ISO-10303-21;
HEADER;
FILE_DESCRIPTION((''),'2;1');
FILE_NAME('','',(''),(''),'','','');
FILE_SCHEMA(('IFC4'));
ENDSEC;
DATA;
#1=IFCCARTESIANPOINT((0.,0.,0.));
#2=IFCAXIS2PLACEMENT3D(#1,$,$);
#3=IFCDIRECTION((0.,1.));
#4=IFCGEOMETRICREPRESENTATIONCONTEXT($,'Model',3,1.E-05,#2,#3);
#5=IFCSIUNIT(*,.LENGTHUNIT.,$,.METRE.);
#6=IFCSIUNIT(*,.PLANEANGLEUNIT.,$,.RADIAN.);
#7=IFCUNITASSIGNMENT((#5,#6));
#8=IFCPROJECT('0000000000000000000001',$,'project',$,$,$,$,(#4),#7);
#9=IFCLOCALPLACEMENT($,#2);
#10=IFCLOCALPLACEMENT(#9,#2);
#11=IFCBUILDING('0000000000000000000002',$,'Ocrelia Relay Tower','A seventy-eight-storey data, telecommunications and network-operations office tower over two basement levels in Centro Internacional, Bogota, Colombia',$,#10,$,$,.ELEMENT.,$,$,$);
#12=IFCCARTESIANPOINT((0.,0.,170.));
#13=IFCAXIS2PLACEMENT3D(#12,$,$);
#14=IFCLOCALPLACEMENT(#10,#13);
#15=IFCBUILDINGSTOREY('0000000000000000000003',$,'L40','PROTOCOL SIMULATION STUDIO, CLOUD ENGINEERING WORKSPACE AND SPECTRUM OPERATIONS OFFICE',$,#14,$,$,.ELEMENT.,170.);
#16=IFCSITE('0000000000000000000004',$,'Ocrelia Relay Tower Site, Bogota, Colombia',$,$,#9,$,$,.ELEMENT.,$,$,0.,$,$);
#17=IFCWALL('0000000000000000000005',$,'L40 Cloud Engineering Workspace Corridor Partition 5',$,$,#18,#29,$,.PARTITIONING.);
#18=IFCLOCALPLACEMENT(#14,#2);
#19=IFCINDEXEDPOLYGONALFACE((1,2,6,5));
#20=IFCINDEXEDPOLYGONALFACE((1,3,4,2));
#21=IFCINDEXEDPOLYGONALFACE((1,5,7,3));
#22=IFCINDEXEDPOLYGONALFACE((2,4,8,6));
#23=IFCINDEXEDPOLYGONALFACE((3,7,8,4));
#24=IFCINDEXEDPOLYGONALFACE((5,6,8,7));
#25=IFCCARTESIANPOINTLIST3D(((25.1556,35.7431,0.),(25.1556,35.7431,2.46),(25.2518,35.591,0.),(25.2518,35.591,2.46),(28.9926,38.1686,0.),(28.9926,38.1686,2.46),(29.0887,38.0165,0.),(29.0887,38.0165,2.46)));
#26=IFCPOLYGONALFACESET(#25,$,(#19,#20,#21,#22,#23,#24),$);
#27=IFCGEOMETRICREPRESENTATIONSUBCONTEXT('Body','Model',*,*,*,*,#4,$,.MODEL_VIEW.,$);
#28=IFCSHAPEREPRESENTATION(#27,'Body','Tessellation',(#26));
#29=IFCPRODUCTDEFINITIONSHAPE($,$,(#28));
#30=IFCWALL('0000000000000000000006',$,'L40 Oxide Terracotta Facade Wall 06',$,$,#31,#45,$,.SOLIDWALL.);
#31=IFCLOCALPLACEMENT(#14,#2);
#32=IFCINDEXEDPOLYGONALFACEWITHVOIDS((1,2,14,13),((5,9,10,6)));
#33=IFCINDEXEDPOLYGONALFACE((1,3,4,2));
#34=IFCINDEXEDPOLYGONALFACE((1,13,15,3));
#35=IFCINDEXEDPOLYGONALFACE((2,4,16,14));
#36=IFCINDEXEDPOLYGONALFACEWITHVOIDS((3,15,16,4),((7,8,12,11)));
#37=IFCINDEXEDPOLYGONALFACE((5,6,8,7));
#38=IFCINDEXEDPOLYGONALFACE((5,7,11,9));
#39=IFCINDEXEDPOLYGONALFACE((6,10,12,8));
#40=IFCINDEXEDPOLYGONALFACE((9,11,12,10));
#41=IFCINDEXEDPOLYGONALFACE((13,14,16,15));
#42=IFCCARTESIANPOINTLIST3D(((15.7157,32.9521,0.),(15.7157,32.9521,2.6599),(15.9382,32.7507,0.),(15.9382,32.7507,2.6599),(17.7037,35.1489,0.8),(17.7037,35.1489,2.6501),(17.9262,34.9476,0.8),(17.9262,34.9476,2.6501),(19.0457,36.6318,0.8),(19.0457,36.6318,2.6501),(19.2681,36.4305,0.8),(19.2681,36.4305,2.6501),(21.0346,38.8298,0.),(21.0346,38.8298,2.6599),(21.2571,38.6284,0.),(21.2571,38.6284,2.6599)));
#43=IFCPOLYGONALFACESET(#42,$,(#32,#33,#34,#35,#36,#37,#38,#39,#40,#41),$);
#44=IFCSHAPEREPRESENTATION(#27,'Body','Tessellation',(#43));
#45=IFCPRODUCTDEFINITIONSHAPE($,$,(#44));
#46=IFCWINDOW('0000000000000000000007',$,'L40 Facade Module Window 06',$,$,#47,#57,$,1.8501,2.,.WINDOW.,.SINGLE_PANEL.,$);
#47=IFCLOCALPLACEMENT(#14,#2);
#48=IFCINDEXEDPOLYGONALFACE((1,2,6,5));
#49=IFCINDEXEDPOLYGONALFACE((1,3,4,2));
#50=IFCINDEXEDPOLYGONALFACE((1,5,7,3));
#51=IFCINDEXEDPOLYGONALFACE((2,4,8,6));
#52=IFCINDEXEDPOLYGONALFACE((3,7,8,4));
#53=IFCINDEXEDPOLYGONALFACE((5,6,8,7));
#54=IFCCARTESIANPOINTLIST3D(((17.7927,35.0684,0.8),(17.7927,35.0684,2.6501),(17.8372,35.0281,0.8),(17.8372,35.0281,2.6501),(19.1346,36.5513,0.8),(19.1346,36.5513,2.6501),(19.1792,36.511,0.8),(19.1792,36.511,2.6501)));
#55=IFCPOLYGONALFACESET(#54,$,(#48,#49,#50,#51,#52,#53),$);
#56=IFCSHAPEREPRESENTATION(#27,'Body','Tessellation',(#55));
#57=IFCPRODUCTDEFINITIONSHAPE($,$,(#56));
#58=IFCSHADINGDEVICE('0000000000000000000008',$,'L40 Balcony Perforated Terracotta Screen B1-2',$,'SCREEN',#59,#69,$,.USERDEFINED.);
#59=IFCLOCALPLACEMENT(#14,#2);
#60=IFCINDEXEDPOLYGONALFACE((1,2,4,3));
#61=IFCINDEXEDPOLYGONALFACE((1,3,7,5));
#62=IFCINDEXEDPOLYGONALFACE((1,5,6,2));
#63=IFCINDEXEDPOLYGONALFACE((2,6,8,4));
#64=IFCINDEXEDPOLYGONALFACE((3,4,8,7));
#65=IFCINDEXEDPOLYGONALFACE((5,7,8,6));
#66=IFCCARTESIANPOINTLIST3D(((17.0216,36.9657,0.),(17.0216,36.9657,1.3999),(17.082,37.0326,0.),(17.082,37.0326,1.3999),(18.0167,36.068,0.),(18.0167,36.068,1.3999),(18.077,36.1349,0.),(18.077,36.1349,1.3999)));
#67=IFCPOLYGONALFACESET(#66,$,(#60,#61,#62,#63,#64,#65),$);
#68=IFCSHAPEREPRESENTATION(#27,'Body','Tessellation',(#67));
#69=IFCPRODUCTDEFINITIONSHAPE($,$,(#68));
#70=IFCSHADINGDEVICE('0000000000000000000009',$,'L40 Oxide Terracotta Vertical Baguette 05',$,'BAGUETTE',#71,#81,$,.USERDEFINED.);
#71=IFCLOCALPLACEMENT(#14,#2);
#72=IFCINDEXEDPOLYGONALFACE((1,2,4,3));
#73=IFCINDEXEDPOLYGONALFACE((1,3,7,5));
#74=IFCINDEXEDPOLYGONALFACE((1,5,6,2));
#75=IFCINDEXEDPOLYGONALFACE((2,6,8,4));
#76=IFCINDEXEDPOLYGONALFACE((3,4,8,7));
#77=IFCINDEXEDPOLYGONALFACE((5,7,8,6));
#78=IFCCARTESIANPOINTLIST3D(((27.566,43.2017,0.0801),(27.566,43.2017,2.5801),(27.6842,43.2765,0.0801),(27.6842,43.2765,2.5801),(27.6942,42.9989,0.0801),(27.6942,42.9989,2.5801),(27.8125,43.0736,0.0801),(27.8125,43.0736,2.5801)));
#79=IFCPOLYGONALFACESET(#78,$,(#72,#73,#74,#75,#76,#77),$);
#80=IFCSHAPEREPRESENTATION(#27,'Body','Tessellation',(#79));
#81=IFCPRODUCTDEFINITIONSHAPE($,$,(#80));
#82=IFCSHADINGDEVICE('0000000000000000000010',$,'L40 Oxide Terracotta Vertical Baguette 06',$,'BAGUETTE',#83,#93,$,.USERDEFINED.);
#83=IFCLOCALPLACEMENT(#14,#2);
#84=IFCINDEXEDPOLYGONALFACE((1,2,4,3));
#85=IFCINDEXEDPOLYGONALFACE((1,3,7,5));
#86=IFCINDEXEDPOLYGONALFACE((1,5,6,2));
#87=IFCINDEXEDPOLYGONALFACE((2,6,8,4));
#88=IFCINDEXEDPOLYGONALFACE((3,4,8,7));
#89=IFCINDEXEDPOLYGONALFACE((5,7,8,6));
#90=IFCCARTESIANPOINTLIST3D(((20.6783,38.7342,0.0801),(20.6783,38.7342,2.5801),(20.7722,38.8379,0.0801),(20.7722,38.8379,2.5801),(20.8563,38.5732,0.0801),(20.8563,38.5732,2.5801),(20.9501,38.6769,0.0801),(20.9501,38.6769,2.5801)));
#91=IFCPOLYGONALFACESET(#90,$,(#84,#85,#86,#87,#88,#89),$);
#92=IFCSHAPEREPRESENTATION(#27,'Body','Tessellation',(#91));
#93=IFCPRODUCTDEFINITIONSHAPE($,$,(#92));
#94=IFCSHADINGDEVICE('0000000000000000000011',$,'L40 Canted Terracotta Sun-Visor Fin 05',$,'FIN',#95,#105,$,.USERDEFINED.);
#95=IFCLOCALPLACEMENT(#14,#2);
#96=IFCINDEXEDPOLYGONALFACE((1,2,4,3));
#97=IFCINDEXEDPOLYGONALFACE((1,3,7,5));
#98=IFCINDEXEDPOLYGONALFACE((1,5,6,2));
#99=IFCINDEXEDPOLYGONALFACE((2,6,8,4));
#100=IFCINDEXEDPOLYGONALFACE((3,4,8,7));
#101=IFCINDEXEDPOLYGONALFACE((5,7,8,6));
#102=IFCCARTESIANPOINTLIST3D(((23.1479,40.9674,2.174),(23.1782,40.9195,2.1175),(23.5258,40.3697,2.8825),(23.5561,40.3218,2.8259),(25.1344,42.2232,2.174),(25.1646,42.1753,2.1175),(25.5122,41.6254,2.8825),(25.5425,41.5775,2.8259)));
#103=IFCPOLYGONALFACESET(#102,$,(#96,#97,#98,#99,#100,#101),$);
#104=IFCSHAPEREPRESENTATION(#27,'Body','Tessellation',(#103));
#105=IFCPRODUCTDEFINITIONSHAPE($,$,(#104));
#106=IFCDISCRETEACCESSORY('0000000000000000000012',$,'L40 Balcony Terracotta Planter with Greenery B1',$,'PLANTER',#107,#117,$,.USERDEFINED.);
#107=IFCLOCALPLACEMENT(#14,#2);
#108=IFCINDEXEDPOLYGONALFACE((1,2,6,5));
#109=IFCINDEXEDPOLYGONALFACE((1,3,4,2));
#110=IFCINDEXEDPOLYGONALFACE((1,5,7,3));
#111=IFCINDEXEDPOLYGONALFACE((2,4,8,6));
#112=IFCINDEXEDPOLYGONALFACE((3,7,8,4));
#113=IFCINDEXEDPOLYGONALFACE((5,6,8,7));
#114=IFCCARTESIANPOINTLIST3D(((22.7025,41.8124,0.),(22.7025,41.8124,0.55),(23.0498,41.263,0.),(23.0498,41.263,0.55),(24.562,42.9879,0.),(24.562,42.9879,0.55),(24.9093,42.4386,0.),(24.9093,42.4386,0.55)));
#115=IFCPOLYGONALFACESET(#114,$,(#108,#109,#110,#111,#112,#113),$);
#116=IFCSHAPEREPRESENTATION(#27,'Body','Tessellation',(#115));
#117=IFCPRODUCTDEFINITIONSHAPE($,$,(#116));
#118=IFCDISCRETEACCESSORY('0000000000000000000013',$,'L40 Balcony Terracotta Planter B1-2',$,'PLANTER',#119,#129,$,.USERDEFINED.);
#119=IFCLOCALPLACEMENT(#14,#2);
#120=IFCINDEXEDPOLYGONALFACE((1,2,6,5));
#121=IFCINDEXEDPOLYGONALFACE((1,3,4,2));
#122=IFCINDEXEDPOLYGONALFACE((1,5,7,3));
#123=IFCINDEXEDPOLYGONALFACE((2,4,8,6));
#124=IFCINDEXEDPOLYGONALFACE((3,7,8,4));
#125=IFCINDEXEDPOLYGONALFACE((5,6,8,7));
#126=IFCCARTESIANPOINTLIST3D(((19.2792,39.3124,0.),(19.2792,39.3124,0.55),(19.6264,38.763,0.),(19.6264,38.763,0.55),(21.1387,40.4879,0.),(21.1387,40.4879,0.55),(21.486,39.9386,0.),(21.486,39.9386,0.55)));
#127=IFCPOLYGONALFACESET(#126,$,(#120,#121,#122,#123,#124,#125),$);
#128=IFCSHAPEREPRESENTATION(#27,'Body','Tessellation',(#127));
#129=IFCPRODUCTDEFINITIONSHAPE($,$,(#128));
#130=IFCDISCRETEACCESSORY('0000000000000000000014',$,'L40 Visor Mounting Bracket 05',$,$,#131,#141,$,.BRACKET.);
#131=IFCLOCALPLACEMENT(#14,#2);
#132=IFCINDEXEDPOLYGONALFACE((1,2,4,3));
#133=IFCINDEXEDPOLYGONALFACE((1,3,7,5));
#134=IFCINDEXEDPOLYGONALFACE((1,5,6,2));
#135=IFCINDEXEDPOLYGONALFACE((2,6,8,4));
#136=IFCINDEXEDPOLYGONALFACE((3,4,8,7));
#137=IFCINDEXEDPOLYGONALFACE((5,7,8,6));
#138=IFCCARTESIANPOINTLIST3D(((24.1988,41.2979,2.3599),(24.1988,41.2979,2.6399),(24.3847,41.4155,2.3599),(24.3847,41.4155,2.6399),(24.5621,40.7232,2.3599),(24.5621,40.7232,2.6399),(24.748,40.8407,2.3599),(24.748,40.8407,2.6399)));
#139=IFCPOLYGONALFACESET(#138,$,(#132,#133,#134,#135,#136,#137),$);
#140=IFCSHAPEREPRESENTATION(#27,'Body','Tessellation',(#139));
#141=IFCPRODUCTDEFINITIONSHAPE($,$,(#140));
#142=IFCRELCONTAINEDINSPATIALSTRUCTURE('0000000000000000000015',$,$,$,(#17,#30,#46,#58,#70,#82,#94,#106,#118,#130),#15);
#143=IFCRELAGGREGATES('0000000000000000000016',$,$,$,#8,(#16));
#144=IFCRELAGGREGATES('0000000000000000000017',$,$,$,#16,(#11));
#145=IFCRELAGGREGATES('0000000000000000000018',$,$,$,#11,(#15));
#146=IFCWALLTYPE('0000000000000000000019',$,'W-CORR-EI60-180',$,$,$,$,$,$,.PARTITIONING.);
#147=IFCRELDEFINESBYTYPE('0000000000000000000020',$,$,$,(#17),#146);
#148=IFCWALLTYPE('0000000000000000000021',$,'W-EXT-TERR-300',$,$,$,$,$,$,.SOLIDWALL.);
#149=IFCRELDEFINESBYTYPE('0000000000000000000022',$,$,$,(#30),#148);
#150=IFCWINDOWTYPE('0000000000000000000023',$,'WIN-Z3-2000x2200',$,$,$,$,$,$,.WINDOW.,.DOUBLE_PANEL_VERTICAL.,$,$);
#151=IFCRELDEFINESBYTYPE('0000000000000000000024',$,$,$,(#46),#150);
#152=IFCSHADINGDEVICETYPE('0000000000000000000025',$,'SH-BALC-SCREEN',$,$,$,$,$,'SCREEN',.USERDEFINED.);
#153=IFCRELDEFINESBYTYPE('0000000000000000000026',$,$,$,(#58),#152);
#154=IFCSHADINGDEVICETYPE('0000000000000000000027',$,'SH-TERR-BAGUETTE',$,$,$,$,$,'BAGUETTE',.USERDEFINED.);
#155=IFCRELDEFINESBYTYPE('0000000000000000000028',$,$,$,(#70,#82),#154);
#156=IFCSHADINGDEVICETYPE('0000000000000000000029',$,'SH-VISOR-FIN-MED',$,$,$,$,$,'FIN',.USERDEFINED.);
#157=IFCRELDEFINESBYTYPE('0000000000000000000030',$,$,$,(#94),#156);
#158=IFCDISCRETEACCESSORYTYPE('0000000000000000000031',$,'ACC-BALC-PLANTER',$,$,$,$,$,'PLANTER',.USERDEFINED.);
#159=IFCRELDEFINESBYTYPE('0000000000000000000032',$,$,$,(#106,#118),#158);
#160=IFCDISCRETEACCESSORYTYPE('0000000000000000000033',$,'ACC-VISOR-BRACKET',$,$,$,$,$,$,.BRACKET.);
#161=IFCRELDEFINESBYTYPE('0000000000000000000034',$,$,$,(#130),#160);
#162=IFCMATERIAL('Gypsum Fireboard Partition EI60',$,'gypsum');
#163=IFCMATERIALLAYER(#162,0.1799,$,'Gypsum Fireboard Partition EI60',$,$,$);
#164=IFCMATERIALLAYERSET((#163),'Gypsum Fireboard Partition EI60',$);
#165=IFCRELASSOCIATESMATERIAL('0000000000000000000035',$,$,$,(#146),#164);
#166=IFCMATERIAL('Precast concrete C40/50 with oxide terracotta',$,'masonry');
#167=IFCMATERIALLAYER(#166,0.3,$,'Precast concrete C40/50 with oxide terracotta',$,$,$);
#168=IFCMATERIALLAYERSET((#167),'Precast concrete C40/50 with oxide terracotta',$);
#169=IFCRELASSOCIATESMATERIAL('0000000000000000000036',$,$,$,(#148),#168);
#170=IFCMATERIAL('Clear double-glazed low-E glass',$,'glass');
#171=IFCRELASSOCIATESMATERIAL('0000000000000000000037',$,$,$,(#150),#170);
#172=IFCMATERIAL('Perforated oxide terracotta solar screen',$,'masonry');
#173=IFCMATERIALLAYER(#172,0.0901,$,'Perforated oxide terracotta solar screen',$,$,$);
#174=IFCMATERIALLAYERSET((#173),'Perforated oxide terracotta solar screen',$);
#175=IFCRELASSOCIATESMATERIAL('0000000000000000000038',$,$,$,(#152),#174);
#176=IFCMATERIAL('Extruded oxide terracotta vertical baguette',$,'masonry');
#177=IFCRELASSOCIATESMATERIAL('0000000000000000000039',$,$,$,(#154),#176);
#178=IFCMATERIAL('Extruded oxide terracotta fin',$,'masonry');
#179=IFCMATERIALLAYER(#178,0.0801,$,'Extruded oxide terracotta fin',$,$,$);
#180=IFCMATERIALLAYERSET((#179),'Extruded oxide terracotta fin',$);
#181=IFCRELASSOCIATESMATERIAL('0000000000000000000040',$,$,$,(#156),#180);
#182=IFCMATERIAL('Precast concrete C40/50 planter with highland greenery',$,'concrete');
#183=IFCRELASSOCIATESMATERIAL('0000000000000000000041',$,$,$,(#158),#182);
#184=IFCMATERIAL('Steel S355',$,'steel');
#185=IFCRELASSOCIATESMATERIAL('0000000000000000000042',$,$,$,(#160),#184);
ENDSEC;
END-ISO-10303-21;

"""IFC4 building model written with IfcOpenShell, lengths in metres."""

from ifc_helpers import new_model, si_unit, direction, frame, frame_2d, origin, origin_2d, place, context, subcontext, project, spatial, rectangle, extrude, material, layer, layer_set, type_object, element, fill, save


model = new_model("IFC4")

# Units and contexts
model_context = context("Model", 3, precision=1e-05, world=origin(), true_north=direction((0.0, 1.0)))
body_context = subcontext(model_context, "Body", "Model", "MODEL_VIEW")
ifc_project = project(units=[si_unit("LENGTHUNIT", "METRE"), si_unit("PLANEANGLEUNIT", "RADIAN")], contexts=[model_context])

# Site, building, storey
site_placement = place(None, origin())
site = spatial("IfcSite", under=ifc_project, at=site_placement, Name="Ocrelia Relay Tower Site, Bogota, Colombia", CompositionType="ELEMENT", RefElevation=0.0)
building_placement = place(site_placement, origin())
building = spatial("IfcBuilding", under=site, at=building_placement, Name="Ocrelia Relay Tower", Description="A seventy-eight-storey data, telecommunications and network-operations office tower over two basement levels in Centro Internacional, Bogota, Colombia", CompositionType="ELEMENT")
storey_placement = place(building_placement, frame((0.0, 0.0, 170.0)))
storey = spatial("IfcBuildingStorey", under=building, at=storey_placement, Name="L40", Description="PROTOCOL SIMULATION STUDIO, CLOUD ENGINEERING WORKSPACE AND SPECTRUM OPERATIONS OFFICE", CompositionType="ELEMENT", Elevation=170.0)

# Shared definitions
ifc_material_1 = material(Name="Steel S355", Category="steel")

# Wall
ifc_material_2 = material(Name="Gypsum Fireboard Partition EI60", Category="gypsum")
ifc_layer_1 = layer(ifc_material_2, 0.1799, Name="Gypsum Fireboard Partition EI60")
ifc_layer_set_1 = layer_set([ifc_layer_1], Name="Gypsum Fireboard Partition EI60")
wall_type_1 = type_object("IfcWallType", Name="W-CORR-EI60-180", PredefinedType="PARTITIONING", material=ifc_layer_set_1)
wall_1_placement = place(storey_placement, frame((29.0405, 38.0925, 0.0), z_axis=(0.0, 0.0, 1.0), x_axis=(-0.845268, -0.534343, 0.0)))
element("IfcWall", 1, at=wall_1_placement, inside=storey, type_object=wall_type_1, Name="L40 Cloud Engineering Workspace Corridor Partition 5", PredefinedType="PARTITIONING", context=body_context, shape_type="SweptSolid", body=[
    extrude(rectangle(XDim=4.5393, YDim=0.1799, at=frame_2d((2.2695, 0.0))), origin(), (0.0, 0.0, 1.0), 2.46),
])

# Shared definitions
ifc_material_3 = material(Name="Precast concrete C40/50 with oxide terracotta", Category="masonry")
ifc_layer_2 = layer(ifc_material_3, 0.3, Name="Precast concrete C40/50 with oxide terracotta")
ifc_layer_set_2 = layer_set([ifc_layer_2], Name="Precast concrete C40/50 with oxide terracotta")
wall_type_2 = type_object("IfcWallType", Name="W-EXT-TERR-300", PredefinedType="SOLIDWALL", material=ifc_layer_set_2)

# Wall, opening, window
wall_2_placement = place(storey_placement, frame((21.1458, 38.729, 0.0), z_axis=(0.0, 0.0, 1.0), x_axis=(-0.670979, -0.741477, 0.0)))
wall_2 = element("IfcWall", 2, at=wall_2_placement, inside=storey, type_object=wall_type_2, Name="L40 Oxide Terracotta Facade Wall 06", PredefinedType="SOLIDWALL", context=body_context, shape_type="SweptSolid", body=[
    extrude(rectangle(XDim=7.927, YDim=0.3, at=frame_2d((3.9634, 0.0))), origin(), (0.0, 0.0, 1.0), 2.6599),
])
opening_1_placement = place(wall_2_placement, frame((2.9641, 0.0, 0.8)))
opening_1 = element("IfcOpeningElement", 3, at=opening_1_placement, cuts=wall_2, PredefinedType="OPENING", context=body_context, shape_type="SweptSolid", body=[
    extrude(rectangle(XDim=2.0, YDim=1.8501, at=frame_2d((1.0, 0.925))), frame((0.0, 0.1602, 0.0), z_axis=(0.0, -1.0, 0.0), x_axis=(1.0, 0.0, 0.0)), (0.0, 0.0, 1.0), 0.3201),
])
ifc_material_4 = material(Name="Clear double-glazed low-E glass", Category="glass")
window_type = type_object("IfcWindowType", Name="WIN-Z3-2000x2200", PartitioningType="DOUBLE_PANEL_VERTICAL", PredefinedType="WINDOW", material=ifc_material_4)
window_placement = place(opening_1_placement, origin())
window = element("IfcWindow", 4, at=window_placement, inside=storey, type_object=window_type, Name="L40 Facade Module Window 06", OverallHeight=1.8501, OverallWidth=2.0, PartitioningType="SINGLE_PANEL", PredefinedType="WINDOW", context=body_context, shape_type="SweptSolid", body=[
    extrude(rectangle(XDim=2.0, YDim=1.8501, at=frame_2d((1.0, 0.925))), frame((0.0, 0.03, 0.0), z_axis=(0.0, -1.0, 0.0), x_axis=(1.0, 0.0, 0.0)), (0.0, 0.0, 1.0), 0.0601),
])
fill(opening_1, window)

# Shading devices
ifc_material_5 = material(Name="Perforated oxide terracotta solar screen", Category="masonry")
ifc_layer_3 = layer(ifc_material_5, 0.0901, Name="Perforated oxide terracotta solar screen")
ifc_layer_set_3 = layer_set([ifc_layer_3], Name="Perforated oxide terracotta solar screen")
shading_device_type_1 = type_object("IfcShadingDeviceType", Name="SH-BALC-SCREEN", ElementType="SCREEN", PredefinedType="USERDEFINED", material=ifc_layer_set_3)
shading_device_1_placement = place(storey_placement, frame((17.5493, 36.5503, 0.0), z_axis=(0.0, 0.0, 1.0), x_axis=(-0.742519, 0.669825, 0.0)))
element("IfcShadingDevice", 5, at=shading_device_1_placement, inside=storey, type_object=shading_device_type_1, Name="L40 Balcony Perforated Terracotta Screen B1-2", ObjectType="SCREEN", PredefinedType="USERDEFINED", context=body_context, shape_type="SweptSolid", body=[
    extrude(rectangle(XDim=1.3401, YDim=0.0901, at=origin_2d()), origin(), (0.0, 0.0, 1.0), 1.3999),
])
ifc_material_6 = material(Name="Extruded oxide terracotta vertical baguette", Category="masonry")
shading_device_type_2 = type_object("IfcShadingDeviceType", Name="SH-TERR-BAGUETTE", ElementType="BAGUETTE", PredefinedType="USERDEFINED", material=ifc_material_6)
for number, where, z_axis, x_axis, name in (
    (6, (27.6892, 43.1377, 0.0801), (0.0, 0.0, 1.0), (-0.845263, -0.53435, 0.0), "L40 Oxide Terracotta Vertical Baguette 05"),
    (7, (20.8142, 38.7056, 0.0801), (0.0, 0.0, 1.0), (-0.670962, -0.741492, 0.0), "L40 Oxide Terracotta Vertical Baguette 06"),
):
    element("IfcShadingDevice", number, at=place(storey_placement, frame(where, z_axis=z_axis, x_axis=x_axis)), inside=storey, type_object=shading_device_type_2, Name=name, ObjectType="BAGUETTE", PredefinedType="USERDEFINED", context=body_context, shape_type="SweptSolid", body=[
        extrude(rectangle(XDim=0.1399, YDim=0.24, at=origin_2d()), origin(), (0.0, 0.0, 1.0), 2.5),
    ])
ifc_material_7 = material(Name="Extruded oxide terracotta fin", Category="masonry")
ifc_layer_4 = layer(ifc_material_7, 0.0801, Name="Extruded oxide terracotta fin")
ifc_layer_set_4 = layer_set([ifc_layer_4], Name="Extruded oxide terracotta fin")
shading_device_type_3 = type_object("IfcShadingDeviceType", Name="SH-VISOR-FIN-MED", ElementType="FIN", PredefinedType="USERDEFINED", material=ifc_layer_set_4)
shading_device_2_placement = place(storey_placement, frame((24.3604, 41.2485, 2.4717), z_axis=(-0.378172, 0.598213, 0.706489), x_axis=(-0.845263, -0.53435, 0.0)))
element("IfcShadingDevice", 8, at=shading_device_2_placement, inside=storey, type_object=shading_device_type_3, Name="L40 Canted Terracotta Sun-Visor Fin 05", ObjectType="FIN", PredefinedType="USERDEFINED", context=body_context, shape_type="SweptSolid", body=[
    extrude(rectangle(XDim=2.3501, YDim=1.001, at=origin_2d()), origin(), (0.0, 0.0, 1.0), 0.0801),
])

# Discrete accessories
ifc_material_8 = material(Name="Precast concrete C40/50 planter with highland greenery", Category="concrete")
discrete_accessory_type_1 = type_object("IfcDiscreteAccessoryType", Name="ACC-BALC-PLANTER", ElementType="PLANTER", PredefinedType="USERDEFINED", material=ifc_material_8)
for number, where, z_axis, x_axis, name in (
    (9, (23.8059, 42.1255, 0.0), (0.0, 0.0, 1.0), (0.845261, 0.534354, 0.0), "L40 Balcony Terracotta Planter with Greenery B1"),
    (10, (20.3826, 39.6255, 0.0), (0.0, 0.0, 1.0), (0.845261, 0.534354, 0.0), "L40 Balcony Terracotta Planter B1-2"),
):
    element("IfcDiscreteAccessory", number, at=place(storey_placement, frame(where, z_axis=z_axis, x_axis=x_axis)), inside=storey, type_object=discrete_accessory_type_1, Name=name, ObjectType="PLANTER", PredefinedType="USERDEFINED", context=body_context, shape_type="SweptSolid", body=[
        extrude(rectangle(XDim=2.2, YDim=0.6499, at=origin_2d()), origin(), (0.0, 0.0, 1.0), 0.55),
    ])
discrete_accessory_type_2 = type_object("IfcDiscreteAccessoryType", Name="ACC-VISOR-BRACKET", PredefinedType="BRACKET", material=ifc_material_1)
discrete_accessory_placement = place(storey_placement, frame((24.4734, 41.0693, 2.3599), z_axis=(0.0, 0.0, 1.0), x_axis=(-0.845263, -0.53435, 0.0)))
element("IfcDiscreteAccessory", 11, at=discrete_accessory_placement, inside=storey, type_object=discrete_accessory_type_2, Name="L40 Visor Mounting Bracket 05", PredefinedType="BRACKET", context=body_context, shape_type="SweptSolid", body=[
    extrude(rectangle(XDim=0.22, YDim=0.6799, at=origin_2d()), origin(), (0.0, 0.0, 1.0), 0.28),
])

save(model, "model.ifc")
